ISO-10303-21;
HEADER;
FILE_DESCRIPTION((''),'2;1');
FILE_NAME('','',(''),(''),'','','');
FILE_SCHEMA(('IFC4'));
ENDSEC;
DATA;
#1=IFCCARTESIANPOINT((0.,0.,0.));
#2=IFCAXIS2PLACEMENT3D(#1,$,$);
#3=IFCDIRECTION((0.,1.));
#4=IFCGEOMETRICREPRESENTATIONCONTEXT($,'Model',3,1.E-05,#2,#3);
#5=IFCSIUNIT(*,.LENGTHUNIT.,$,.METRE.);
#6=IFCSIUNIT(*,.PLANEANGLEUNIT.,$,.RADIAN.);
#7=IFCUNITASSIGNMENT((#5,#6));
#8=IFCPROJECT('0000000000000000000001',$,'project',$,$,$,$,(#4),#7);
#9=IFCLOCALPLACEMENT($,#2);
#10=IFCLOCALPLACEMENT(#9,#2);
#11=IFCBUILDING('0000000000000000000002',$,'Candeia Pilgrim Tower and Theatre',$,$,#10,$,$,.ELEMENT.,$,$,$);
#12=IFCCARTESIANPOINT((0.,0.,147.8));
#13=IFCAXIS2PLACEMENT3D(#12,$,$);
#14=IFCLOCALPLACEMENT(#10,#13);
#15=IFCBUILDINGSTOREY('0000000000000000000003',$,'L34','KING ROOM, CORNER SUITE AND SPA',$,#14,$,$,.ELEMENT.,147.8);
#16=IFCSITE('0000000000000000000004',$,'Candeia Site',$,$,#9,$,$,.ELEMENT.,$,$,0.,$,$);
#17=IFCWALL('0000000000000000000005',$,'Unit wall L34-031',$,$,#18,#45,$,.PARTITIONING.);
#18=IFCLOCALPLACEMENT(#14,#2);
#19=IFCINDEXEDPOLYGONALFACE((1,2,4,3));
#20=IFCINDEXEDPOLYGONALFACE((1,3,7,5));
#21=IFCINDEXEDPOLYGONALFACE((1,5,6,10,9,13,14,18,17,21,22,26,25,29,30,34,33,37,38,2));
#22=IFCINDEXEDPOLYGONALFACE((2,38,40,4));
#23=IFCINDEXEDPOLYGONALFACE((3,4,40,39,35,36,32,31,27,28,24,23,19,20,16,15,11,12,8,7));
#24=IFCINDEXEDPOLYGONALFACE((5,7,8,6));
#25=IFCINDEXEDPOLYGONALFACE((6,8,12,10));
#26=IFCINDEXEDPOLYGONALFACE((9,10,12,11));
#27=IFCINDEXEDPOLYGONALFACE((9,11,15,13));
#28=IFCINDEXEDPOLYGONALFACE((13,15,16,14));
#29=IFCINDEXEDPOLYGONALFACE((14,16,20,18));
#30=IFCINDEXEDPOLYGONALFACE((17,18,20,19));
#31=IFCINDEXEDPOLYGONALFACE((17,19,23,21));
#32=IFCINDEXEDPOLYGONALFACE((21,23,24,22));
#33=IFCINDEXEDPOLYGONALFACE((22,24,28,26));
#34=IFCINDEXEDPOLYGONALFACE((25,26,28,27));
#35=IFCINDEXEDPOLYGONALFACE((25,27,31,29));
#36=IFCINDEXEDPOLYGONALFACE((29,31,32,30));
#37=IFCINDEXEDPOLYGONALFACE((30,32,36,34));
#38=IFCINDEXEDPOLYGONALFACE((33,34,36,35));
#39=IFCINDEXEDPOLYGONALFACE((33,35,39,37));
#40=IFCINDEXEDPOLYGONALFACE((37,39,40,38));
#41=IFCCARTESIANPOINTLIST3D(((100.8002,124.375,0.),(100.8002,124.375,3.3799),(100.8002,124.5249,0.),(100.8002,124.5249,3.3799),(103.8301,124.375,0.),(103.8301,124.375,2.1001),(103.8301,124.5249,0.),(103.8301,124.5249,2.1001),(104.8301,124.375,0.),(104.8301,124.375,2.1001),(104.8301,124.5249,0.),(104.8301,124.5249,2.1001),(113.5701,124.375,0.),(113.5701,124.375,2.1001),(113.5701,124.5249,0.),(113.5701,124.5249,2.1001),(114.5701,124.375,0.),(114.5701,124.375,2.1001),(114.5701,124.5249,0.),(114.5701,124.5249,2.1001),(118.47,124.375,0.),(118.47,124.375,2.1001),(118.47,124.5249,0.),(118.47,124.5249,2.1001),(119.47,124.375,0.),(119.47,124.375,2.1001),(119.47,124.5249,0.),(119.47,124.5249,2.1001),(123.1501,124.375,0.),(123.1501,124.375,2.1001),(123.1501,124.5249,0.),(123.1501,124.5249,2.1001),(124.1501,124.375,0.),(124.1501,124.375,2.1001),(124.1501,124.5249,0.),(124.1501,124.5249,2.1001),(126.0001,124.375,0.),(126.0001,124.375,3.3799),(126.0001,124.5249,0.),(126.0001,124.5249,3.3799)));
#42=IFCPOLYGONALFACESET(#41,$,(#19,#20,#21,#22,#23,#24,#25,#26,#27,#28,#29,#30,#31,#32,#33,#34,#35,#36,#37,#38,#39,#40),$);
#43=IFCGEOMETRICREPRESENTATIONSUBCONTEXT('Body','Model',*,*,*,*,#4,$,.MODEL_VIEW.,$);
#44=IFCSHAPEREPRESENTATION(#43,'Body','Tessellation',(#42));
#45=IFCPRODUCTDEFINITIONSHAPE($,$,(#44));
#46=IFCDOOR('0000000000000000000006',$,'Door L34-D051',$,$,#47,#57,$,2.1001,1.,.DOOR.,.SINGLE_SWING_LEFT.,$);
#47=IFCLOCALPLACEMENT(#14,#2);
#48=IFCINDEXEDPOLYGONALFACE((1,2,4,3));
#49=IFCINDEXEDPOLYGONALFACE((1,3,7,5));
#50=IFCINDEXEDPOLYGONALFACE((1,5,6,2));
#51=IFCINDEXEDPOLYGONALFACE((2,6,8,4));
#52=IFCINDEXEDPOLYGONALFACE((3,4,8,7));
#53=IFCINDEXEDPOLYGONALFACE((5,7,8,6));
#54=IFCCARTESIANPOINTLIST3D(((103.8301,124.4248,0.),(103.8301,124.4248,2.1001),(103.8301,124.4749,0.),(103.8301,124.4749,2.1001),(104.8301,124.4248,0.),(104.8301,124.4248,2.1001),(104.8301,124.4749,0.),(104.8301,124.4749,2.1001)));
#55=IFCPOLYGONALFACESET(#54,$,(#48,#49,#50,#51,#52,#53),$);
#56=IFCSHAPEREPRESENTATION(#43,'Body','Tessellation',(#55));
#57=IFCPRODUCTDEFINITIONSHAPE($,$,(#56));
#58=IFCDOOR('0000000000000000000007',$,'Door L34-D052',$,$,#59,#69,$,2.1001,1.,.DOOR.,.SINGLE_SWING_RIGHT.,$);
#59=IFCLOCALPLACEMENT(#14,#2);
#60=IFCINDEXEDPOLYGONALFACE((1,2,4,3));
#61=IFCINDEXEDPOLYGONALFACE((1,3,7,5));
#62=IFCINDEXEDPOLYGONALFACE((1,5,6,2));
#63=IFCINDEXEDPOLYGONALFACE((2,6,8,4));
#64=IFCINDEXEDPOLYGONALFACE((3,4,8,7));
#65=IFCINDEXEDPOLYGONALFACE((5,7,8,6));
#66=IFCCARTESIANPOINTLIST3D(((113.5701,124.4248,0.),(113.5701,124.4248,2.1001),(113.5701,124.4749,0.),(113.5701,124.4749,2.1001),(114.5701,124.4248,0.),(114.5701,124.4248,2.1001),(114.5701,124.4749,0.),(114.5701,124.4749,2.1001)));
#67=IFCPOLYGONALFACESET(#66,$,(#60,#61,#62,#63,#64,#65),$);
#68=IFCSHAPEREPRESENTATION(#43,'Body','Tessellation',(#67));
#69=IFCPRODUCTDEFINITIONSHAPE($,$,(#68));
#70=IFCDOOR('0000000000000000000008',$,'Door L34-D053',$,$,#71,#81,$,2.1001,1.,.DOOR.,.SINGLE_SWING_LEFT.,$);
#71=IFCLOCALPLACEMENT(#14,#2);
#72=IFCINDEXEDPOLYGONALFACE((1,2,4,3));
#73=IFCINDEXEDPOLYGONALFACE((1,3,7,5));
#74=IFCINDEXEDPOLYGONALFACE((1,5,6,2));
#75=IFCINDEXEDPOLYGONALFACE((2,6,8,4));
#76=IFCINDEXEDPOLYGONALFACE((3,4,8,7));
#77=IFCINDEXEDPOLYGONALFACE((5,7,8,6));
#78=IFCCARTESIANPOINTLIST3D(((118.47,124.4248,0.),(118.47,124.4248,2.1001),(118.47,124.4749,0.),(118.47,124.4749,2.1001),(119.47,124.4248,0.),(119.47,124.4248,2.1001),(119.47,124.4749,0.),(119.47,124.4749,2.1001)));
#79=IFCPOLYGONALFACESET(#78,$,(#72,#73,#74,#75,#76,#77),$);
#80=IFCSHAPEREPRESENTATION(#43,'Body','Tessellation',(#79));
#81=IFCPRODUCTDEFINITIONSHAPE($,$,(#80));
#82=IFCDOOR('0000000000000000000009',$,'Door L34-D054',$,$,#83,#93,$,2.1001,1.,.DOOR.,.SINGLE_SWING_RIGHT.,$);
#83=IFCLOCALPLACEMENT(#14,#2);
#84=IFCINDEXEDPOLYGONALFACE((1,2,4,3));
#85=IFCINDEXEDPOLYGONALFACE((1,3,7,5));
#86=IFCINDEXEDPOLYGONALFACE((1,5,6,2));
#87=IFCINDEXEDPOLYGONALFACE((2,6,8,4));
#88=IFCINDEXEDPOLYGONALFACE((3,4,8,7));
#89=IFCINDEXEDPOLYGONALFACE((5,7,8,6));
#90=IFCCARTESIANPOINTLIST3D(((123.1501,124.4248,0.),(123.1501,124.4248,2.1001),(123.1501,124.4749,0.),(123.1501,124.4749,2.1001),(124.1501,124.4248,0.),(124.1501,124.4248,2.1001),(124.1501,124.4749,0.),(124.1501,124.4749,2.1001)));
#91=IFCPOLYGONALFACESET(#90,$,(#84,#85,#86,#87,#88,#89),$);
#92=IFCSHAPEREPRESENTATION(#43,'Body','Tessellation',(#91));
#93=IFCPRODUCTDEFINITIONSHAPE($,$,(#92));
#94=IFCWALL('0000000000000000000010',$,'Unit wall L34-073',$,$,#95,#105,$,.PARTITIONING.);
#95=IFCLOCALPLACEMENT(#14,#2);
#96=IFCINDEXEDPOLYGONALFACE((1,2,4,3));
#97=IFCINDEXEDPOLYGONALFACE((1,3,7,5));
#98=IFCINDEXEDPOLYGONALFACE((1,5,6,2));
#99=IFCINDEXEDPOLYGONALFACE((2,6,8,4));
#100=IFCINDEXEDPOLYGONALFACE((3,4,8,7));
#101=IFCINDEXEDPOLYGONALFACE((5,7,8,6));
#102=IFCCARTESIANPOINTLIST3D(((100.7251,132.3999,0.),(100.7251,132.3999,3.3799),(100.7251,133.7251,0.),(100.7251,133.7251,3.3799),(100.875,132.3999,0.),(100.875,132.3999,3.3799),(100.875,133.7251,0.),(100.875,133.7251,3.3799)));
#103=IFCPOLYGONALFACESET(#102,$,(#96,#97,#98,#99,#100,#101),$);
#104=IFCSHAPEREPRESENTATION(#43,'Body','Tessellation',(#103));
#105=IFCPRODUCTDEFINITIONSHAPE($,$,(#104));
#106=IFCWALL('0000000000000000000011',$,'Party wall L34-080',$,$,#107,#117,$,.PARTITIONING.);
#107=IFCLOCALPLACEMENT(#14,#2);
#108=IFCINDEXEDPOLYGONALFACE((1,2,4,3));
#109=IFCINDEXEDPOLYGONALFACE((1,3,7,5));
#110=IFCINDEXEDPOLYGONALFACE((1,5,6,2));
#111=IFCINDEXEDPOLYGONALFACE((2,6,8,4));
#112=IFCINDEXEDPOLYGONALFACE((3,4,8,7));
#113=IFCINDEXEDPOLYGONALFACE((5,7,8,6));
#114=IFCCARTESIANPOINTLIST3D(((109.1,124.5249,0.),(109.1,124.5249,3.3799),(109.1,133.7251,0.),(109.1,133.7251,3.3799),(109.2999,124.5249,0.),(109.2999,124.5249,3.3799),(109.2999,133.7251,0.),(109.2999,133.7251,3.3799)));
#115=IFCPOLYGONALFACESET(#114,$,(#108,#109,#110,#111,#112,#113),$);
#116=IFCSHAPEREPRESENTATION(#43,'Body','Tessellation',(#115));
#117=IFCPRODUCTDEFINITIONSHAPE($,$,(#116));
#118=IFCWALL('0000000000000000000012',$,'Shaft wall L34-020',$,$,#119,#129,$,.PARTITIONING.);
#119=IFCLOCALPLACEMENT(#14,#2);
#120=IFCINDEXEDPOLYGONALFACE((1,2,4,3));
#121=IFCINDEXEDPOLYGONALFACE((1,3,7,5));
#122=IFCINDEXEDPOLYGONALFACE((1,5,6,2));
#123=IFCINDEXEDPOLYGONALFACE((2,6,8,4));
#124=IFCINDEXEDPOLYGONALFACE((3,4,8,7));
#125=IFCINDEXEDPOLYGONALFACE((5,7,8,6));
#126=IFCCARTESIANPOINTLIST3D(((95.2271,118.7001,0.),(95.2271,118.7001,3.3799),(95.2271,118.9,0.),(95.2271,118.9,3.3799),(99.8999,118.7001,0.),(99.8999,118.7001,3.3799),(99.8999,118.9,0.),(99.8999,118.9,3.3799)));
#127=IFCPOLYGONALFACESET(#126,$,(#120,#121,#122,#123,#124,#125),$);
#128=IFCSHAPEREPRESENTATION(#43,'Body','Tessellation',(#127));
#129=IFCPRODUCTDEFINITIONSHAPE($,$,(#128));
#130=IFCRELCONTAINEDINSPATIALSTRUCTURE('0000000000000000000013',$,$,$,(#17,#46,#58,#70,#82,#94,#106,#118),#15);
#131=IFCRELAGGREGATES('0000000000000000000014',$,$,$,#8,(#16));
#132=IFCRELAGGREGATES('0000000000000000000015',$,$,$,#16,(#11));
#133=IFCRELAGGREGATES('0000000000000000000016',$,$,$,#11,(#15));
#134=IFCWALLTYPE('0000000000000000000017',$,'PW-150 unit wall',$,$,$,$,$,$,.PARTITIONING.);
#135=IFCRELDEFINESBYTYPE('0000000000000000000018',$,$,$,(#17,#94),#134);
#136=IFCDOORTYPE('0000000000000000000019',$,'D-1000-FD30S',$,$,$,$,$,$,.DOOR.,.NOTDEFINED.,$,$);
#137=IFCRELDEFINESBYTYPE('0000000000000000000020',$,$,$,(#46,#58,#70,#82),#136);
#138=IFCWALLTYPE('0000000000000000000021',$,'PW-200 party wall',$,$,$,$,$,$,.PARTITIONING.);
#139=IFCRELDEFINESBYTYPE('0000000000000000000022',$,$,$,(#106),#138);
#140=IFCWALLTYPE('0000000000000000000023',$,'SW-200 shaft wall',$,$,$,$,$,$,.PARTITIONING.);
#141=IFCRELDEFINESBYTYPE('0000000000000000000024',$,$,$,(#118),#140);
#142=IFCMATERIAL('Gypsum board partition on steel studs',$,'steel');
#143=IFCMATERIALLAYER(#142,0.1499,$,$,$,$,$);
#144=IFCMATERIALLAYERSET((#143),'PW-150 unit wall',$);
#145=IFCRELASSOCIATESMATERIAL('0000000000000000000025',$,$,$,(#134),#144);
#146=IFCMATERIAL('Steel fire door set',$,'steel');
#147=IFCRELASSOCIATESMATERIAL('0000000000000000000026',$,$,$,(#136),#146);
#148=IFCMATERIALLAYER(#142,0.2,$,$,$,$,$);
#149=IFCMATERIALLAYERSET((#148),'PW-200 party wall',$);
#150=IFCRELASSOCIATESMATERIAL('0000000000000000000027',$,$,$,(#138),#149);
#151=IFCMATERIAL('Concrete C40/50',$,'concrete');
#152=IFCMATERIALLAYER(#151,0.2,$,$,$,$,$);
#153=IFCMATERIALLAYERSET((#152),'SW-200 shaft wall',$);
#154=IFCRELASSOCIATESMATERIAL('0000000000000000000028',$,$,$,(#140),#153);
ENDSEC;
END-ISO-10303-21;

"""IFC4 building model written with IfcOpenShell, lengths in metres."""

from ifc_helpers import new_model, si_unit, direction, frame, frame_2d, origin, place, context, subcontext, project, spatial, rectangle, extrude, material, layer, layer_set, type_object, element, fill, save


model = new_model("IFC4")

# Units and contexts
model_context = context("Model", 3, precision=1e-05, world=origin(), true_north=direction((0.0, 1.0)))
body_context = subcontext(model_context, "Body", "Model", "MODEL_VIEW")
ifc_project = project(units=[si_unit("LENGTHUNIT", "METRE"), si_unit("PLANEANGLEUNIT", "RADIAN")], contexts=[model_context])

# Site, building, storey
site_placement = place(None, origin())
site = spatial("IfcSite", under=ifc_project, at=site_placement, Name="Candeia Site", CompositionType="ELEMENT", RefElevation=0.0)
building_placement = place(site_placement, origin())
building = spatial("IfcBuilding", under=site, at=building_placement, Name="Candeia Pilgrim Tower and Theatre", CompositionType="ELEMENT")
storey_placement = place(building_placement, frame((0.0, 0.0, 147.8)))
storey = spatial("IfcBuildingStorey", under=building, at=storey_placement, Name="L34", Description="KING ROOM, CORNER SUITE AND SPA", CompositionType="ELEMENT", Elevation=147.8)

# Shared definitions
ifc_material_1 = material(Name="Steel fire door set", Category="steel")
ifc_material_2 = material(Name="Gypsum board partition on steel studs", Category="steel")

# Shared definitions
ifc_layer_1 = layer(ifc_material_2, 0.1499)
ifc_layer_set_1 = layer_set([ifc_layer_1], Name="PW-150 unit wall")
wall_type_1 = type_object("IfcWallType", Name="PW-150 unit wall", PredefinedType="PARTITIONING", material=ifc_layer_set_1)

# Wall, openings, doors
wall_1_placement = place(storey_placement, frame((100.8, 124.45, 0.0), z_axis=(0.0, 0.0, 1.0), x_axis=(1.0, 0.0, 0.0)))
wall_1 = element("IfcWall", 1, at=wall_1_placement, inside=storey, type_object=wall_type_1, Name="Unit wall L34-031", PredefinedType="PARTITIONING", context=body_context, shape_type="SweptSolid", body=[
    extrude(rectangle(XDim=25.2, YDim=0.1499, at=frame_2d((12.6001, 0.0))), origin(), (0.0, 0.0, 1.0), 3.3799),
])
opening_1_placement = place(wall_1_placement, frame((3.03, 0.0, 0.0)))
opening_1 = element("IfcOpeningElement", 2, at=opening_1_placement, cuts=wall_1, PredefinedType="OPENING", context=body_context, shape_type="SweptSolid", body=[
    extrude(rectangle(XDim=1.0, YDim=2.1001, at=frame_2d((0.5, 1.05))), frame((0.0, 0.085, 0.0), z_axis=(0.0, -1.0, 0.0), x_axis=(1.0, 0.0, 0.0)), (0.0, 0.0, 1.0), 0.1699),
])
opening_2_placement = place(wall_1_placement, frame((12.77, 0.0, 0.0)))
opening_2 = element("IfcOpeningElement", 3, at=opening_2_placement, cuts=wall_1, PredefinedType="OPENING", context=body_context, shape_type="SweptSolid", body=[
    extrude(rectangle(XDim=1.0, YDim=2.1001, at=frame_2d((0.5, 1.05))), frame((0.0, 0.085, 0.0), z_axis=(0.0, -1.0, 0.0), x_axis=(1.0, 0.0, 0.0)), (0.0, 0.0, 1.0), 0.1699),
])
opening_3_placement = place(wall_1_placement, frame((17.6699, 0.0, 0.0)))
opening_3 = element("IfcOpeningElement", 4, at=opening_3_placement, cuts=wall_1, PredefinedType="OPENING", context=body_context, shape_type="SweptSolid", body=[
    extrude(rectangle(XDim=1.0, YDim=2.1001, at=frame_2d((0.5, 1.05))), frame((0.0, 0.085, 0.0), z_axis=(0.0, -1.0, 0.0), x_axis=(1.0, 0.0, 0.0)), (0.0, 0.0, 1.0), 0.1699),
])
opening_4_placement = place(wall_1_placement, frame((22.3501, 0.0, 0.0)))
opening_4 = element("IfcOpeningElement", 5, at=opening_4_placement, cuts=wall_1, PredefinedType="OPENING", context=body_context, shape_type="SweptSolid", body=[
    extrude(rectangle(XDim=1.0, YDim=2.1001, at=frame_2d((0.5, 1.05))), frame((0.0, 0.085, 0.0), z_axis=(0.0, -1.0, 0.0), x_axis=(1.0, 0.0, 0.0)), (0.0, 0.0, 1.0), 0.1699),
])
door_type_1 = type_object("IfcDoorType", Name="D-1000-FD30S", OperationType="NOTDEFINED", PredefinedType="DOOR", material=ifc_material_1)
door_1_placement = place(opening_1_placement, origin())
door_1 = element("IfcDoor", 6, at=door_1_placement, inside=storey, type_object=door_type_1, Name="Door L34-D051", OperationType="SINGLE_SWING_LEFT", OverallHeight=2.1001, OverallWidth=1.0, PredefinedType="DOOR", context=body_context, shape_type="SweptSolid", body=[
    extrude(rectangle(XDim=1.0, YDim=2.1001, at=frame_2d((0.5, 1.05))), frame((0.0, 0.0249, 0.0), z_axis=(0.0, -1.0, 0.0), x_axis=(1.0, 0.0, 0.0)), (0.0, 0.0, 1.0), 0.05),
])
fill(opening_1, door_1)
door_2_placement = place(opening_2_placement, origin())
door_2 = element("IfcDoor", 7, at=door_2_placement, inside=storey, type_object=door_type_1, Name="Door L34-D052", OperationType="SINGLE_SWING_RIGHT", OverallHeight=2.1001, OverallWidth=1.0, PredefinedType="DOOR", context=body_context, shape_type="SweptSolid", body=[
    extrude(rectangle(XDim=1.0, YDim=2.1001, at=frame_2d((0.5, 1.05))), frame((0.0, 0.0249, 0.0), z_axis=(0.0, -1.0, 0.0), x_axis=(1.0, 0.0, 0.0)), (0.0, 0.0, 1.0), 0.05),
])
fill(opening_2, door_2)
door_3_placement = place(opening_3_placement, origin())
door_3 = element("IfcDoor", 8, at=door_3_placement, inside=storey, type_object=door_type_1, Name="Door L34-D053", OperationType="SINGLE_SWING_LEFT", OverallHeight=2.1001, OverallWidth=1.0, PredefinedType="DOOR", context=body_context, shape_type="SweptSolid", body=[
    extrude(rectangle(XDim=1.0, YDim=2.1001, at=frame_2d((0.5, 1.05))), frame((0.0, 0.0249, 0.0), z_axis=(0.0, -1.0, 0.0), x_axis=(1.0, 0.0, 0.0)), (0.0, 0.0, 1.0), 0.05),
])
fill(opening_3, door_3)
door_4_placement = place(opening_4_placement, origin())
door_4 = element("IfcDoor", 9, at=door_4_placement, inside=storey, type_object=door_type_1, Name="Door L34-D054", OperationType="SINGLE_SWING_RIGHT", OverallHeight=2.1001, OverallWidth=1.0, PredefinedType="DOOR", context=body_context, shape_type="SweptSolid", body=[
    extrude(rectangle(XDim=1.0, YDim=2.1001, at=frame_2d((0.5, 1.05))), frame((0.0, 0.0249, 0.0), z_axis=(0.0, -1.0, 0.0), x_axis=(1.0, 0.0, 0.0)), (0.0, 0.0, 1.0), 0.05),
])
fill(opening_4, door_4)

# Walls
wall_2_placement = place(storey_placement, frame((100.8, 132.3999, 0.0), z_axis=(0.0, 0.0, 1.0), x_axis=(0.0, 1.0, 0.0)))
element("IfcWall", 10, at=wall_2_placement, inside=storey, type_object=wall_type_1, Name="Unit wall L34-073", PredefinedType="PARTITIONING", context=body_context, shape_type="SweptSolid", body=[
    extrude(rectangle(XDim=1.3252, YDim=0.1499, at=frame_2d((0.6626, 0.0))), origin(), (0.0, 0.0, 1.0), 3.3799),
])
ifc_layer_2 = layer(ifc_material_2, 0.2)
ifc_layer_set_2 = layer_set([ifc_layer_2], Name="PW-200 party wall")
wall_type_2 = type_object("IfcWallType", Name="PW-200 party wall", PredefinedType="PARTITIONING", material=ifc_layer_set_2)
wall_3_placement = place(storey_placement, frame((109.2, 124.5249, 0.0), z_axis=(0.0, 0.0, 1.0), x_axis=(0.0, 1.0, 0.0)))
element("IfcWall", 11, at=wall_3_placement, inside=storey, type_object=wall_type_2, Name="Party wall L34-080", PredefinedType="PARTITIONING", context=body_context, shape_type="SweptSolid", body=[
    extrude(rectangle(XDim=9.2002, YDim=0.2, at=frame_2d((4.6001, 0.0))), origin(), (0.0, 0.0, 1.0), 3.3799),
])
ifc_material_3 = material(Name="Concrete C40/50", Category="concrete")
ifc_layer_3 = layer(ifc_material_3, 0.2)
ifc_layer_set_3 = layer_set([ifc_layer_3], Name="SW-200 shaft wall")
wall_type_3 = type_object("IfcWallType", Name="SW-200 shaft wall", PredefinedType="PARTITIONING", material=ifc_layer_set_3)
wall_4_placement = place(storey_placement, frame((95.2271, 118.8, 0.0), z_axis=(0.0, 0.0, 1.0), x_axis=(1.0, 0.0, 0.0)))
element("IfcWall", 12, at=wall_4_placement, inside=storey, type_object=wall_type_3, Name="Shaft wall L34-020", PredefinedType="PARTITIONING", context=body_context, shape_type="SweptSolid", body=[
    extrude(rectangle(XDim=4.6729, YDim=0.2, at=frame_2d((2.3364, 0.0))), origin(), (0.0, 0.0, 1.0), 3.3799),
])

save(model, "model.ifc")
